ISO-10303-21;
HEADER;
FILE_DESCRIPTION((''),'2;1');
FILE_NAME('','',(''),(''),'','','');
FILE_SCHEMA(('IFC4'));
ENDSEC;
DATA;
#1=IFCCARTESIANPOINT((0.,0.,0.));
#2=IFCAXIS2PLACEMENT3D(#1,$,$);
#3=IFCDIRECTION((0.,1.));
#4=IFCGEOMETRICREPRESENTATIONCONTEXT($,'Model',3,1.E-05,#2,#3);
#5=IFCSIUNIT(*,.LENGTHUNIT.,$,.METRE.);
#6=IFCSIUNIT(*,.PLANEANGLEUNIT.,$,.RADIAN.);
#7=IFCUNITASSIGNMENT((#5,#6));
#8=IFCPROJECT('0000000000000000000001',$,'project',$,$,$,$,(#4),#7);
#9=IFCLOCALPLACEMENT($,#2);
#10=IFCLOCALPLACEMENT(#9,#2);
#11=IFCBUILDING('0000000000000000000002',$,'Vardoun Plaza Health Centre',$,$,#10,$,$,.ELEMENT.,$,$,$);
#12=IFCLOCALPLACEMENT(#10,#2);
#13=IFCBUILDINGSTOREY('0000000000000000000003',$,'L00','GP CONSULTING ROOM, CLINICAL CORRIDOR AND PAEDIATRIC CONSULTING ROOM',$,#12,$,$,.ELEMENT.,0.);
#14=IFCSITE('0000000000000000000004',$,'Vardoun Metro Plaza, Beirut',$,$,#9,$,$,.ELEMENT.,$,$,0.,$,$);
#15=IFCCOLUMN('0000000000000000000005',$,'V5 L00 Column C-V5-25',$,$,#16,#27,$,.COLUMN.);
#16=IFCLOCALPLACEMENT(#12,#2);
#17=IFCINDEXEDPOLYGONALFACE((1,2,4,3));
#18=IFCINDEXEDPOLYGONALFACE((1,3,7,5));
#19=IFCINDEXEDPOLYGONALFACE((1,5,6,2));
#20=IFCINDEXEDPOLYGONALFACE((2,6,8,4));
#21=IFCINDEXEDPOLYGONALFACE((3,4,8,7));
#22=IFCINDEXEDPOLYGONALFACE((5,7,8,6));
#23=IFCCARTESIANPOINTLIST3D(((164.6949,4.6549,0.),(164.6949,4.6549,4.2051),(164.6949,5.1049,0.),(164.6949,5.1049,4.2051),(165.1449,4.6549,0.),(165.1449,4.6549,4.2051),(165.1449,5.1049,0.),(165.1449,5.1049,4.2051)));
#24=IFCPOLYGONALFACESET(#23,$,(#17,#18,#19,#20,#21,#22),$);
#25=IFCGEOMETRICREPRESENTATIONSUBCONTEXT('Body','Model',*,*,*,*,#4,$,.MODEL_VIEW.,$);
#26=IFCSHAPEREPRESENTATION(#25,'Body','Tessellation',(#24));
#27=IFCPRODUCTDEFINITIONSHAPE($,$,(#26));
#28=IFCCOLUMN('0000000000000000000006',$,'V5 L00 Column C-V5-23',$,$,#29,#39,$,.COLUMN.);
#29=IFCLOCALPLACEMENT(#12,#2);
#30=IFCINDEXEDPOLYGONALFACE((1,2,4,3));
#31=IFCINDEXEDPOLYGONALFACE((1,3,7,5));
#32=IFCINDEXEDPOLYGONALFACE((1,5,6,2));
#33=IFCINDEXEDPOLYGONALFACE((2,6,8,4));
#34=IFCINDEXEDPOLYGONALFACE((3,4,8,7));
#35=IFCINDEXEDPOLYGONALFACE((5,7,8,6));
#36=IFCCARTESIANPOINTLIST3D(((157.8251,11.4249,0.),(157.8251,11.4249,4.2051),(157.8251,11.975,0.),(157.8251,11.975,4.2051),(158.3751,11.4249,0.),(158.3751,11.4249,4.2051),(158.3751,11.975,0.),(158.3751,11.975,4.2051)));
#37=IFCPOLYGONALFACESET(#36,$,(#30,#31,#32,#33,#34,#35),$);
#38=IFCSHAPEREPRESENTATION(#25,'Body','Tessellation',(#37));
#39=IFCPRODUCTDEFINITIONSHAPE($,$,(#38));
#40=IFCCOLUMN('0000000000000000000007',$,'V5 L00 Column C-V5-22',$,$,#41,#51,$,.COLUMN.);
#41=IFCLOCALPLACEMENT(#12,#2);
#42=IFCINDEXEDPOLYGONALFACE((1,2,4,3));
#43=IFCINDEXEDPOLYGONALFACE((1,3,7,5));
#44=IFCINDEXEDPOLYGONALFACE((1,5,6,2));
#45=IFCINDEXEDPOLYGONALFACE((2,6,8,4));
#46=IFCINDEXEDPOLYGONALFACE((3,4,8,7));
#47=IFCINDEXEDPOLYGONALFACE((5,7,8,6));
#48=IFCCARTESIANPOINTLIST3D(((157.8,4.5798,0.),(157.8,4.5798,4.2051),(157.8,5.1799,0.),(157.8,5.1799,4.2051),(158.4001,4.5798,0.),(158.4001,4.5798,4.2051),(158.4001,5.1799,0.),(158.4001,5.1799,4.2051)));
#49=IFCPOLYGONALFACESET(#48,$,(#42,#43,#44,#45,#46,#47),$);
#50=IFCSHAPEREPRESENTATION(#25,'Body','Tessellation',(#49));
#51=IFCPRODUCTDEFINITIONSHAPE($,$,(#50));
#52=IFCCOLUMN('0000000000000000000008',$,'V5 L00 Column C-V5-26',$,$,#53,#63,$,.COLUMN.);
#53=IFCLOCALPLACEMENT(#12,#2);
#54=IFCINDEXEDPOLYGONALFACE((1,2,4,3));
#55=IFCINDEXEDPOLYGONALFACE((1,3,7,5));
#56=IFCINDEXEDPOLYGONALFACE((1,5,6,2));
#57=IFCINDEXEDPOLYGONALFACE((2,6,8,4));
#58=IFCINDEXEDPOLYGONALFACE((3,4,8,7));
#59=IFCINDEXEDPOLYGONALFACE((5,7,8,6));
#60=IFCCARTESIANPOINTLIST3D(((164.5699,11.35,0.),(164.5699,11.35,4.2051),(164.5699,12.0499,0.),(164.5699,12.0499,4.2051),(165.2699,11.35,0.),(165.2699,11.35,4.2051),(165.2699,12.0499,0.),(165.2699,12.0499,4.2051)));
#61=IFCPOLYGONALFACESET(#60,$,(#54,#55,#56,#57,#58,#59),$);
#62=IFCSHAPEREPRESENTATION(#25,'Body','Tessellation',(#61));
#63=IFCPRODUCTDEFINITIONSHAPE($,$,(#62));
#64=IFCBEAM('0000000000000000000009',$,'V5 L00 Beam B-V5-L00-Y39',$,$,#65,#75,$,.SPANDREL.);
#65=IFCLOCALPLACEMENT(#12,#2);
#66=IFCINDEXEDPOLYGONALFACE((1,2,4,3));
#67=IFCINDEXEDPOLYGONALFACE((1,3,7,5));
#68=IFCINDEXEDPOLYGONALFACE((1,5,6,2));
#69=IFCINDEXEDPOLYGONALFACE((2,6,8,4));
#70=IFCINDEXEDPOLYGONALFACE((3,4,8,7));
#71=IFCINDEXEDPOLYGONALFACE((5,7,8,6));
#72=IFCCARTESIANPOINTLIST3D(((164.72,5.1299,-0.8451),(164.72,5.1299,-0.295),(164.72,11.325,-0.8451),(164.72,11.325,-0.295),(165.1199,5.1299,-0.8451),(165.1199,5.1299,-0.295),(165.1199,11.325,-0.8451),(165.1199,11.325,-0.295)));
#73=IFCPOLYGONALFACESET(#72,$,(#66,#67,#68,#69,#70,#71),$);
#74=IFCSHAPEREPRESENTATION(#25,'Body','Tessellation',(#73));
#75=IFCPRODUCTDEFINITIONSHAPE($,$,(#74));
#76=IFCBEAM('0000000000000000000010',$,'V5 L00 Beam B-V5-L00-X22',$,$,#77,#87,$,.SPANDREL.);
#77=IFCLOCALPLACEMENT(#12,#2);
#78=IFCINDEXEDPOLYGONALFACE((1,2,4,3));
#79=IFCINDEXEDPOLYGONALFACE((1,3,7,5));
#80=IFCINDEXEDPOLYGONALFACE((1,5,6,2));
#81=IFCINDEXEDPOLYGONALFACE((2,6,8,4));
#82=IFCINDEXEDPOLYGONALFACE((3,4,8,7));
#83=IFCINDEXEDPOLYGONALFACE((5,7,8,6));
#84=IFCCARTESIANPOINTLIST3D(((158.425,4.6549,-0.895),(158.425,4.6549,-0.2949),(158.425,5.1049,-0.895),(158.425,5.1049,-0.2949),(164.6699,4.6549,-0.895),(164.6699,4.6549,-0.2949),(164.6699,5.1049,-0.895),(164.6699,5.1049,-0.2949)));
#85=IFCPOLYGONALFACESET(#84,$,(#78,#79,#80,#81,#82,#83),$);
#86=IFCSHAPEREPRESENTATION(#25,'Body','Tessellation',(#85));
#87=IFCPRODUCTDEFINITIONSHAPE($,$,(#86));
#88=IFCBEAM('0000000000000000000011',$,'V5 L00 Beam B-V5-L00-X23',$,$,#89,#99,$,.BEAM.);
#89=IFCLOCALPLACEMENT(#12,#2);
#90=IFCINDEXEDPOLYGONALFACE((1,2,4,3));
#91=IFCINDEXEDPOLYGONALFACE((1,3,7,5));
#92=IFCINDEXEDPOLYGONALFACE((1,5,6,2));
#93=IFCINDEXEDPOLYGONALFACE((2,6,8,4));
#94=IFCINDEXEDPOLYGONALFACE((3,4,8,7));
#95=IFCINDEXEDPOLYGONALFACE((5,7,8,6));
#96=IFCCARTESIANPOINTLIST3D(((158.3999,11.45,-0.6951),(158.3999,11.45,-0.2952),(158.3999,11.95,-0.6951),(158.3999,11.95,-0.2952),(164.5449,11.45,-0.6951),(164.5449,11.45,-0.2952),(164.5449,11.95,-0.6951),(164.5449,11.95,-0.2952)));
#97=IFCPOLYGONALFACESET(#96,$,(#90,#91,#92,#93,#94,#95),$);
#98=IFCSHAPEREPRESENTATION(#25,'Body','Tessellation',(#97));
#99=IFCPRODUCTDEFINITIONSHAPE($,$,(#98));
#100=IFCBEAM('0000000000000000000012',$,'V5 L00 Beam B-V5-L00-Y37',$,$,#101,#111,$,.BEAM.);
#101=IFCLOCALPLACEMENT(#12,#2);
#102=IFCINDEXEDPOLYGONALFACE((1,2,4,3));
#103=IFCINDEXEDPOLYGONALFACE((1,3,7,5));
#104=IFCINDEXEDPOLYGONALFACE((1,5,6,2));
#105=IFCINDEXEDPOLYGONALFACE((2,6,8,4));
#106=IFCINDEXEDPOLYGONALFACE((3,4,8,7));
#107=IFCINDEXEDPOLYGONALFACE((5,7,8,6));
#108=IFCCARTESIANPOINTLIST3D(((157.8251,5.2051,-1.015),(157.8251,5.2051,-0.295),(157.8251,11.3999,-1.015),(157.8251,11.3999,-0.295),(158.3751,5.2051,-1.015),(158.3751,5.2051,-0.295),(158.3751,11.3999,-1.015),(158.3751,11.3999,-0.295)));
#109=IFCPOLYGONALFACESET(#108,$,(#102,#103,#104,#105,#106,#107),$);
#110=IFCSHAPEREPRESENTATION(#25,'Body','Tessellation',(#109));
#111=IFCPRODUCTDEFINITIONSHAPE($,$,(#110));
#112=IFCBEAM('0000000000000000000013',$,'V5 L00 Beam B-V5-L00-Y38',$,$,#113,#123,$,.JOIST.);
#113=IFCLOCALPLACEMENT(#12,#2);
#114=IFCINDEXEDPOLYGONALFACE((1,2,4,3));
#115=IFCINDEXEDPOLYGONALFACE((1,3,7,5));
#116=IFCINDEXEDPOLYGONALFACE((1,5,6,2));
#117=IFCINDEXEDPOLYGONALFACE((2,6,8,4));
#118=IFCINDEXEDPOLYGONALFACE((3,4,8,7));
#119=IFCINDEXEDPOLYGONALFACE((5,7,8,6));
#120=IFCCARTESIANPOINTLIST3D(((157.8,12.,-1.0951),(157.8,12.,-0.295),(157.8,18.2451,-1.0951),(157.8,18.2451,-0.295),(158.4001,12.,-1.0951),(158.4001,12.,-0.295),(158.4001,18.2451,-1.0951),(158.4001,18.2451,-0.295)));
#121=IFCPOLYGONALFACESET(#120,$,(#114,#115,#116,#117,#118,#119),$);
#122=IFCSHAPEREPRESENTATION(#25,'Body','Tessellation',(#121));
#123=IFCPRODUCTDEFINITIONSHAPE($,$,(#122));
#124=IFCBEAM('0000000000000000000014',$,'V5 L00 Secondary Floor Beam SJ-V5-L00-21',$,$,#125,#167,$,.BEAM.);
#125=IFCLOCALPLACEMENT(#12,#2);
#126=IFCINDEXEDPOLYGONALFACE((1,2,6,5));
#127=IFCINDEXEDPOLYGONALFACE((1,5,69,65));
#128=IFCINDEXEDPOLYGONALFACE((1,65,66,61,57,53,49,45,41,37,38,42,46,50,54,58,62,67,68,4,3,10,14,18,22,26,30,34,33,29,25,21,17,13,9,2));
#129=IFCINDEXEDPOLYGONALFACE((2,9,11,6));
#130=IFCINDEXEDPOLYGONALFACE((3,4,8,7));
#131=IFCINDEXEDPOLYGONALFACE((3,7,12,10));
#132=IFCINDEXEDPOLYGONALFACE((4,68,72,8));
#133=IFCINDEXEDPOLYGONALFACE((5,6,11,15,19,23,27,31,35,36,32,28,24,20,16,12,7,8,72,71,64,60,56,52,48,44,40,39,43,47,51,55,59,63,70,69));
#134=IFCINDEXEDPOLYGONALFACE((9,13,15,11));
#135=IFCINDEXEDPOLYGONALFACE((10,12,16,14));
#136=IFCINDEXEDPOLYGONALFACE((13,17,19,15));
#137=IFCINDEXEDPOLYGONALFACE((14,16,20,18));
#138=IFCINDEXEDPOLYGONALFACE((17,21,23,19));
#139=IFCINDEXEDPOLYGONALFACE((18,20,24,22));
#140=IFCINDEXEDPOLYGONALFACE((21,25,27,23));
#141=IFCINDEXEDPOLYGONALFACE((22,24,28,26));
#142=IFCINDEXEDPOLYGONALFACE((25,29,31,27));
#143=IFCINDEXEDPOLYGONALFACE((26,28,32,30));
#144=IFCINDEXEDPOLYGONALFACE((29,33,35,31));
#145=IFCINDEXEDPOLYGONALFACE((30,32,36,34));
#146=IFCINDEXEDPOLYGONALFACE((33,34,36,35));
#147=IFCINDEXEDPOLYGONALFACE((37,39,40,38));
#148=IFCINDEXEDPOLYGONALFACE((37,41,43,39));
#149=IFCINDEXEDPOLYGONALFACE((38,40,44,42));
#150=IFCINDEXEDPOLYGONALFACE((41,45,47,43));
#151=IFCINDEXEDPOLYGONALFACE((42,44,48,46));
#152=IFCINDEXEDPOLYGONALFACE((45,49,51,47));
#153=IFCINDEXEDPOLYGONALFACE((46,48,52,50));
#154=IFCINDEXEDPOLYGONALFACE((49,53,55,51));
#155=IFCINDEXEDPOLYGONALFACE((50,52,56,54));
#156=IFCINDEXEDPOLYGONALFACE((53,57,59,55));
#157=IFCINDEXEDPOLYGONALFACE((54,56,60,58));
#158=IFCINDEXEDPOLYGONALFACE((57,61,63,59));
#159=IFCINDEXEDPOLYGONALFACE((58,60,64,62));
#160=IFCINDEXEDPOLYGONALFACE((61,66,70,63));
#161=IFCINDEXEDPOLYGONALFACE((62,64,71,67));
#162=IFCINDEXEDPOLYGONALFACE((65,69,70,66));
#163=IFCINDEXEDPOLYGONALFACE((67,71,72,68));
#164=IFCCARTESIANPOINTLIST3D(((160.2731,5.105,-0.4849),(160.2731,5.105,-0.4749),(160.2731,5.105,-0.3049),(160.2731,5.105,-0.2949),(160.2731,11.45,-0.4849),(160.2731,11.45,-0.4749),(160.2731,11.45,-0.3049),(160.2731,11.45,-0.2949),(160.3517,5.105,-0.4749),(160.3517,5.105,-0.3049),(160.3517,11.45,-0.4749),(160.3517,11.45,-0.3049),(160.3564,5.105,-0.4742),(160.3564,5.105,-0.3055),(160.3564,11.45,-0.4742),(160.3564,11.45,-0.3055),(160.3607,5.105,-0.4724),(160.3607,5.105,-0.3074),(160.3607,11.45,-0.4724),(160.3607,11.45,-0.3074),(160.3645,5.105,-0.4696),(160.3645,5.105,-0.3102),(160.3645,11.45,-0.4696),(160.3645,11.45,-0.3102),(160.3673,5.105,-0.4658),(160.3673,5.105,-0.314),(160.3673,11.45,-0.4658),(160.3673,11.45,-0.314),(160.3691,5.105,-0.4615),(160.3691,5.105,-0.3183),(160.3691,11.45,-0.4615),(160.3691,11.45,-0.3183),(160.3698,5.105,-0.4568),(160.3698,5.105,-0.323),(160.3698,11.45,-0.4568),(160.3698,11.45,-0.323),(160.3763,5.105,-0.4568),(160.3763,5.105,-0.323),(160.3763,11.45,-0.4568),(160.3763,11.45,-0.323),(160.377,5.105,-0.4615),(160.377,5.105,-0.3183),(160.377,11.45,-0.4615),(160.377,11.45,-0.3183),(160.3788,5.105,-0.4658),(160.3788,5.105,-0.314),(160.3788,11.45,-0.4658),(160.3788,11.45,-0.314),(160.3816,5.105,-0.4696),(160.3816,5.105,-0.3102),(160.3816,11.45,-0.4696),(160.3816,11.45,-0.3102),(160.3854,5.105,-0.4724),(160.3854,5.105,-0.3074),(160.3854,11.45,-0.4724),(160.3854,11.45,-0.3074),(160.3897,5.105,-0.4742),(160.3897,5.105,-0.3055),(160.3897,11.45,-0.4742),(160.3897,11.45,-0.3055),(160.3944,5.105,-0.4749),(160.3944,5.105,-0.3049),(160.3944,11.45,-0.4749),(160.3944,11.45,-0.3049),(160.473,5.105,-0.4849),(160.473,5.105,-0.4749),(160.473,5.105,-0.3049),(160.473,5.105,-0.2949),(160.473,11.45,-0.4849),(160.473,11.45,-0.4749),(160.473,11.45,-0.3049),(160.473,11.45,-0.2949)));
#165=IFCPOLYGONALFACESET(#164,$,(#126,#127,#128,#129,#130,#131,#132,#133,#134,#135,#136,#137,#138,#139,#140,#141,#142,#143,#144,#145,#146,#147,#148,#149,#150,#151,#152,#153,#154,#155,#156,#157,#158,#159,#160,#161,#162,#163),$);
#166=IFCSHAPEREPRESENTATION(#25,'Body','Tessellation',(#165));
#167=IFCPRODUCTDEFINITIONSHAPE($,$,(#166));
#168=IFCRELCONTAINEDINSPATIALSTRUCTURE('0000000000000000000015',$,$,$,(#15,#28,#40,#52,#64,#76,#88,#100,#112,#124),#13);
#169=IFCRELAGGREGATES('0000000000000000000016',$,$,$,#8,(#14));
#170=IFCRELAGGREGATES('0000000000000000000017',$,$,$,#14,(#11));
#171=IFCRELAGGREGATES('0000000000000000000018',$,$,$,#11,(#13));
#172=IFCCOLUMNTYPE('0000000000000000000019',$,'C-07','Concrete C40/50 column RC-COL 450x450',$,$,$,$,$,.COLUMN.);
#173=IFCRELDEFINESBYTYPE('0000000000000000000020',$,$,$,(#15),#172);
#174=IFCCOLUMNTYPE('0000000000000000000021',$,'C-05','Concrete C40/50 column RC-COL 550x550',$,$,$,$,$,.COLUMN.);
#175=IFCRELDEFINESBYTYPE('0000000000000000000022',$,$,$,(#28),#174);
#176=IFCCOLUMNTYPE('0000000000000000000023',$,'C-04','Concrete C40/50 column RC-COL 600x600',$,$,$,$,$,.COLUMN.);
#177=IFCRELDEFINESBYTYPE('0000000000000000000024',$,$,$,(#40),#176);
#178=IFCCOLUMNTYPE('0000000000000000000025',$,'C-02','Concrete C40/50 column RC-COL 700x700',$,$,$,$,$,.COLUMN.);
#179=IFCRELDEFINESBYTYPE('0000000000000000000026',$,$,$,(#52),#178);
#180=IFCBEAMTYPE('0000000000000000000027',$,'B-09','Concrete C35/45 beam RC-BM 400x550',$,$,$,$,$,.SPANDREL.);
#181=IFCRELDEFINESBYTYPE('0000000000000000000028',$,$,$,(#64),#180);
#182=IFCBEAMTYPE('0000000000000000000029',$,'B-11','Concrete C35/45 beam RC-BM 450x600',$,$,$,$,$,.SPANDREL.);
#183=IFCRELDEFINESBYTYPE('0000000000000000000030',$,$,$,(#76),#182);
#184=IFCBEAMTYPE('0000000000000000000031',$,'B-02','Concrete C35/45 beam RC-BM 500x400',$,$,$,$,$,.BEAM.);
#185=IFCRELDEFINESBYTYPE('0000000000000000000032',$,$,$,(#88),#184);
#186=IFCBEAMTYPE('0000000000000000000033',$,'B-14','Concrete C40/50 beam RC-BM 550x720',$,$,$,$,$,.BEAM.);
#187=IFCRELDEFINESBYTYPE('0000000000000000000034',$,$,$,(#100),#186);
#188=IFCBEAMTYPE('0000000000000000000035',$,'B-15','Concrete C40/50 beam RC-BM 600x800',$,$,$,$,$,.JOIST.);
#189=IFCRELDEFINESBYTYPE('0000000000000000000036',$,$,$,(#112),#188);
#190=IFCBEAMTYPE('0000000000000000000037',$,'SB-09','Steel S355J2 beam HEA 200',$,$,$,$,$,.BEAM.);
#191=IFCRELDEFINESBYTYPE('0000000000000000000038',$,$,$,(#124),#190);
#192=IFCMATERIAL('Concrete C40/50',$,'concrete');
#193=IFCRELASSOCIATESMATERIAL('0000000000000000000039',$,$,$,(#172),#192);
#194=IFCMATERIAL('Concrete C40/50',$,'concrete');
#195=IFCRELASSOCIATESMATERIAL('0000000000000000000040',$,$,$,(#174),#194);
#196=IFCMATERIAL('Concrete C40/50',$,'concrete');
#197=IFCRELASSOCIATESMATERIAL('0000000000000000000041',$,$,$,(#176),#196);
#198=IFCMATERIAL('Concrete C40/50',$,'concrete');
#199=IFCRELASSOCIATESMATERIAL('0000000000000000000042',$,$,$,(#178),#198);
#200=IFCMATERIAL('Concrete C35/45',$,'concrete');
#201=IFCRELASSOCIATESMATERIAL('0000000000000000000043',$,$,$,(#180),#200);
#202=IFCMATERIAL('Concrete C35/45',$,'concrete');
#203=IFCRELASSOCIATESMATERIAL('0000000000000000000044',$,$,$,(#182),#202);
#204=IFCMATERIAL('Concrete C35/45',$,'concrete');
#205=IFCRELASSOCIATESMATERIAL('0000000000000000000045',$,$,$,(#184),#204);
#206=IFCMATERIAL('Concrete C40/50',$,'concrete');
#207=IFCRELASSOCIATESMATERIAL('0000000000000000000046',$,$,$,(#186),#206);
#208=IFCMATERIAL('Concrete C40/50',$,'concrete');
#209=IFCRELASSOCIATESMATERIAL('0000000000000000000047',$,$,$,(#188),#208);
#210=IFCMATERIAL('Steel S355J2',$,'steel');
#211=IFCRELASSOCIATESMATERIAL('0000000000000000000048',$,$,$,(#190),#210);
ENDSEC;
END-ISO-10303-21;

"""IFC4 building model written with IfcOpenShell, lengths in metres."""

from ifc_helpers import new_model, si_unit, direction, frame, origin, origin_2d, place, context, subcontext, project, spatial, rectangle, i_section, extrude, material, material_profile, profile_set, type_object, element, save


model = new_model("IFC4")

# Units and contexts
model_context = context("Model", 3, precision=1e-05, world=origin(), true_north=direction((0.0, 1.0)))
body_context = subcontext(model_context, "Body", "Model", "MODEL_VIEW")
ifc_project = project(units=[si_unit("LENGTHUNIT", "METRE"), si_unit("PLANEANGLEUNIT", "RADIAN")], contexts=[model_context])

# Site, building, storey
site_placement = place(None, origin())
site = spatial("IfcSite", under=ifc_project, at=site_placement, Name="Vardoun Metro Plaza, Beirut", CompositionType="ELEMENT", RefElevation=0.0)
building_placement = place(site_placement, origin())
building = spatial("IfcBuilding", under=site, at=building_placement, Name="Vardoun Plaza Health Centre", CompositionType="ELEMENT")
storey_placement = place(building_placement, origin())
storey = spatial("IfcBuildingStorey", under=building, at=storey_placement, Name="L00", Description="GP CONSULTING ROOM, CLINICAL CORRIDOR AND PAEDIATRIC CONSULTING ROOM", CompositionType="ELEMENT", Elevation=0.0)

# Columns
ifc_material_1 = material(Name="Concrete C40/50", Category="concrete")
ifc_material_profile_1 = material_profile(ifc_material_1, rectangle(XDim=0.45, YDim=0.45, at=origin_2d()), Name="RC-COL 450x450")
ifc_profile_set_1 = profile_set([ifc_material_profile_1], Name="Concrete C40/50")
column_type_1 = type_object("IfcColumnType", Name="C-07", Description="Concrete C40/50 column RC-COL 450x450", PredefinedType="COLUMN", material=ifc_profile_set_1)
column_1_placement = place(storey_placement, frame((164.9199, 4.8799, 0.0), z_axis=(0.0, 0.0, 1.0), x_axis=(1.0, 0.0, 0.0)))
element("IfcColumn", 1, at=column_1_placement, inside=storey, type_object=column_type_1, Name="V5 L00 Column C-V5-25", PredefinedType="COLUMN", context=body_context, shape_type="SweptSolid", body=[
    extrude(rectangle(XDim=0.45, YDim=0.45, at=origin_2d()), origin(), (0.0, 0.0, 1.0), 4.2051),
])
ifc_material_2 = material(Name="Concrete C40/50", Category="concrete")
ifc_material_profile_2 = material_profile(ifc_material_2, rectangle(XDim=0.55, YDim=0.55, at=origin_2d()), Name="RC-COL 550x550")
ifc_profile_set_2 = profile_set([ifc_material_profile_2], Name="Concrete C40/50")
column_type_2 = type_object("IfcColumnType", Name="C-05", Description="Concrete C40/50 column RC-COL 550x550", PredefinedType="COLUMN", material=ifc_profile_set_2)
column_2_placement = place(storey_placement, frame((158.1001, 11.7, 0.0), z_axis=(0.0, 0.0, 1.0), x_axis=(1.0, 0.0, 0.0)))
element("IfcColumn", 2, at=column_2_placement, inside=storey, type_object=column_type_2, Name="V5 L00 Column C-V5-23", PredefinedType="COLUMN", context=body_context, shape_type="SweptSolid", body=[
    extrude(rectangle(XDim=0.55, YDim=0.55, at=origin_2d()), origin(), (0.0, 0.0, 1.0), 4.2051),
])
ifc_material_3 = material(Name="Concrete C40/50", Category="concrete")
ifc_material_profile_3 = material_profile(ifc_material_3, rectangle(XDim=0.6001, YDim=0.6001, at=origin_2d()), Name="RC-COL 600x600")
ifc_profile_set_3 = profile_set([ifc_material_profile_3], Name="Concrete C40/50")
column_type_3 = type_object("IfcColumnType", Name="C-04", Description="Concrete C40/50 column RC-COL 600x600", PredefinedType="COLUMN", material=ifc_profile_set_3)
column_3_placement = place(storey_placement, frame((158.1001, 4.8799, 0.0), z_axis=(0.0, 0.0, 1.0), x_axis=(1.0, 0.0, 0.0)))
element("IfcColumn", 3, at=column_3_placement, inside=storey, type_object=column_type_3, Name="V5 L00 Column C-V5-22", PredefinedType="COLUMN", context=body_context, shape_type="SweptSolid", body=[
    extrude(rectangle(XDim=0.6001, YDim=0.6001, at=origin_2d()), origin(), (0.0, 0.0, 1.0), 4.2051),
])
ifc_material_4 = material(Name="Concrete C40/50", Category="concrete")
ifc_material_profile_4 = material_profile(ifc_material_4, rectangle(XDim=0.7, YDim=0.7, at=origin_2d()), Name="RC-COL 700x700")
ifc_profile_set_4 = profile_set([ifc_material_profile_4], Name="Concrete C40/50")
column_type_4 = type_object("IfcColumnType", Name="C-02", Description="Concrete C40/50 column RC-COL 700x700", PredefinedType="COLUMN", material=ifc_profile_set_4)
column_4_placement = place(storey_placement, frame((164.9199, 11.7, 0.0), z_axis=(0.0, 0.0, 1.0), x_axis=(1.0, 0.0, 0.0)))
element("IfcColumn", 4, at=column_4_placement, inside=storey, type_object=column_type_4, Name="V5 L00 Column C-V5-26", PredefinedType="COLUMN", context=body_context, shape_type="SweptSolid", body=[
    extrude(rectangle(XDim=0.7, YDim=0.7, at=origin_2d()), origin(), (0.0, 0.0, 1.0), 4.2051),
])

# Beams
ifc_material_5 = material(Name="Concrete C35/45", Category="concrete")
ifc_material_profile_5 = material_profile(ifc_material_5, rectangle(XDim=0.3999, YDim=0.55, at=origin_2d()), Name="RC-BM 400x550")
ifc_profile_set_5 = profile_set([ifc_material_profile_5], Name="Concrete C35/45")
beam_type_1 = type_object("IfcBeamType", Name="B-09", Description="Concrete C35/45 beam RC-BM 400x550", PredefinedType="SPANDREL", material=ifc_profile_set_5)
beam_1_placement = place(storey_placement, frame((164.9199, 5.1299, -0.5701), z_axis=(0.0, 1.0, 0.0), x_axis=(-1.0, 0.0, 0.0)))
element("IfcBeam", 5, at=beam_1_placement, inside=storey, type_object=beam_type_1, Name="V5 L00 Beam B-V5-L00-Y39", PredefinedType="SPANDREL", context=body_context, shape_type="SweptSolid", body=[
    extrude(rectangle(XDim=0.3999, YDim=0.55, at=origin_2d()), origin(), (0.0, 0.0, 1.0), 6.1951),
])
ifc_material_6 = material(Name="Concrete C35/45", Category="concrete")
ifc_material_profile_6 = material_profile(ifc_material_6, rectangle(XDim=0.45, YDim=0.6001, at=origin_2d()), Name="RC-BM 450x600")
ifc_profile_set_6 = profile_set([ifc_material_profile_6], Name="Concrete C35/45")
beam_type_2 = type_object("IfcBeamType", Name="B-11", Description="Concrete C35/45 beam RC-BM 450x600", PredefinedType="SPANDREL", material=ifc_profile_set_6)
beam_2_placement = place(storey_placement, frame((158.425, 4.8799, -0.595), z_axis=(1.0, 0.0, 0.0), x_axis=(0.0, 1.0, 0.0)))
element("IfcBeam", 6, at=beam_2_placement, inside=storey, type_object=beam_type_2, Name="V5 L00 Beam B-V5-L00-X22", PredefinedType="SPANDREL", context=body_context, shape_type="SweptSolid", body=[
    extrude(rectangle(XDim=0.45, YDim=0.6001, at=origin_2d()), origin(), (0.0, 0.0, 1.0), 6.2449),
])
ifc_material_7 = material(Name="Concrete C35/45", Category="concrete")
ifc_material_profile_7 = material_profile(ifc_material_7, rectangle(XDim=0.5, YDim=0.3999, at=origin_2d()), Name="RC-BM 500x400")
ifc_profile_set_7 = profile_set([ifc_material_profile_7], Name="Concrete C35/45")
beam_type_3 = type_object("IfcBeamType", Name="B-02", Description="Concrete C35/45 beam RC-BM 500x400", PredefinedType="BEAM", material=ifc_profile_set_7)
beam_3_placement = place(storey_placement, frame((158.3999, 11.7, -0.4951), z_axis=(1.0, 0.0, 0.0), x_axis=(0.0, 1.0, 0.0)))
element("IfcBeam", 7, at=beam_3_placement, inside=storey, type_object=beam_type_3, Name="V5 L00 Beam B-V5-L00-X23", PredefinedType="BEAM", context=body_context, shape_type="SweptSolid", body=[
    extrude(rectangle(XDim=0.5, YDim=0.3999, at=origin_2d()), origin(), (0.0, 0.0, 1.0), 6.145),
])
ifc_material_8 = material(Name="Concrete C40/50", Category="concrete")
ifc_material_profile_8 = material_profile(ifc_material_8, rectangle(XDim=0.55, YDim=0.72, at=origin_2d()), Name="RC-BM 550x720")
ifc_profile_set_8 = profile_set([ifc_material_profile_8], Name="Concrete C40/50")
beam_type_4 = type_object("IfcBeamType", Name="B-14", Description="Concrete C40/50 beam RC-BM 550x720", PredefinedType="BEAM", material=ifc_profile_set_8)
beam_4_placement = place(storey_placement, frame((158.1001, 5.2051, -0.655), z_axis=(0.0, 1.0, 0.0), x_axis=(-1.0, 0.0, 0.0)))
element("IfcBeam", 8, at=beam_4_placement, inside=storey, type_object=beam_type_4, Name="V5 L00 Beam B-V5-L00-Y37", PredefinedType="BEAM", context=body_context, shape_type="SweptSolid", body=[
    extrude(rectangle(XDim=0.55, YDim=0.72, at=origin_2d()), origin(), (0.0, 0.0, 1.0), 6.1948),
])
ifc_material_9 = material(Name="Concrete C40/50", Category="concrete")
ifc_material_profile_9 = material_profile(ifc_material_9, rectangle(XDim=0.6001, YDim=0.8, at=origin_2d()), Name="RC-BM 600x800")
ifc_profile_set_9 = profile_set([ifc_material_profile_9], Name="Concrete C40/50")
beam_type_5 = type_object("IfcBeamType", Name="B-15", Description="Concrete C40/50 beam RC-BM 600x800", PredefinedType="JOIST", material=ifc_profile_set_9)
beam_5_placement = place(storey_placement, frame((158.1001, 12.0, -0.6951), z_axis=(0.0, 1.0, 0.0), x_axis=(-1.0, 0.0, 0.0)))
element("IfcBeam", 9, at=beam_5_placement, inside=storey, type_object=beam_type_5, Name="V5 L00 Beam B-V5-L00-Y38", PredefinedType="JOIST", context=body_context, shape_type="SweptSolid", body=[
    extrude(rectangle(XDim=0.6001, YDim=0.8, at=origin_2d()), origin(), (0.0, 0.0, 1.0), 6.2451),
])
ifc_material_10 = material(Name="Steel S355J2", Category="steel")
ifc_material_profile_10 = material_profile(ifc_material_10, i_section(OverallWidth=0.2, OverallDepth=0.1899, WebThickness=0.0066, FlangeThickness=0.01, FilletRadius=0.0181, at=origin_2d()), Name="HEA 200")
ifc_profile_set_10 = profile_set([ifc_material_profile_10], Name="Steel S355J2")
beam_type_6 = type_object("IfcBeamType", Name="SB-09", Description="Steel S355J2 beam HEA 200", PredefinedType="BEAM", material=ifc_profile_set_10)
beam_6_placement = place(storey_placement, frame((160.373, 5.105, -0.3899), z_axis=(0.0, 1.0, 0.0), x_axis=(-1.0, 0.0, 0.0)))
element("IfcBeam", 10, at=beam_6_placement, inside=storey, type_object=beam_type_6, Name="V5 L00 Secondary Floor Beam SJ-V5-L00-21", PredefinedType="BEAM", context=body_context, shape_type="SweptSolid", body=[
    extrude(i_section(OverallWidth=0.2, OverallDepth=0.1899, WebThickness=0.0066, FlangeThickness=0.01, FilletRadius=0.0181, at=origin_2d()), origin(), (0.0, 0.0, 1.0), 6.345),
])

save(model, "model.ifc")
